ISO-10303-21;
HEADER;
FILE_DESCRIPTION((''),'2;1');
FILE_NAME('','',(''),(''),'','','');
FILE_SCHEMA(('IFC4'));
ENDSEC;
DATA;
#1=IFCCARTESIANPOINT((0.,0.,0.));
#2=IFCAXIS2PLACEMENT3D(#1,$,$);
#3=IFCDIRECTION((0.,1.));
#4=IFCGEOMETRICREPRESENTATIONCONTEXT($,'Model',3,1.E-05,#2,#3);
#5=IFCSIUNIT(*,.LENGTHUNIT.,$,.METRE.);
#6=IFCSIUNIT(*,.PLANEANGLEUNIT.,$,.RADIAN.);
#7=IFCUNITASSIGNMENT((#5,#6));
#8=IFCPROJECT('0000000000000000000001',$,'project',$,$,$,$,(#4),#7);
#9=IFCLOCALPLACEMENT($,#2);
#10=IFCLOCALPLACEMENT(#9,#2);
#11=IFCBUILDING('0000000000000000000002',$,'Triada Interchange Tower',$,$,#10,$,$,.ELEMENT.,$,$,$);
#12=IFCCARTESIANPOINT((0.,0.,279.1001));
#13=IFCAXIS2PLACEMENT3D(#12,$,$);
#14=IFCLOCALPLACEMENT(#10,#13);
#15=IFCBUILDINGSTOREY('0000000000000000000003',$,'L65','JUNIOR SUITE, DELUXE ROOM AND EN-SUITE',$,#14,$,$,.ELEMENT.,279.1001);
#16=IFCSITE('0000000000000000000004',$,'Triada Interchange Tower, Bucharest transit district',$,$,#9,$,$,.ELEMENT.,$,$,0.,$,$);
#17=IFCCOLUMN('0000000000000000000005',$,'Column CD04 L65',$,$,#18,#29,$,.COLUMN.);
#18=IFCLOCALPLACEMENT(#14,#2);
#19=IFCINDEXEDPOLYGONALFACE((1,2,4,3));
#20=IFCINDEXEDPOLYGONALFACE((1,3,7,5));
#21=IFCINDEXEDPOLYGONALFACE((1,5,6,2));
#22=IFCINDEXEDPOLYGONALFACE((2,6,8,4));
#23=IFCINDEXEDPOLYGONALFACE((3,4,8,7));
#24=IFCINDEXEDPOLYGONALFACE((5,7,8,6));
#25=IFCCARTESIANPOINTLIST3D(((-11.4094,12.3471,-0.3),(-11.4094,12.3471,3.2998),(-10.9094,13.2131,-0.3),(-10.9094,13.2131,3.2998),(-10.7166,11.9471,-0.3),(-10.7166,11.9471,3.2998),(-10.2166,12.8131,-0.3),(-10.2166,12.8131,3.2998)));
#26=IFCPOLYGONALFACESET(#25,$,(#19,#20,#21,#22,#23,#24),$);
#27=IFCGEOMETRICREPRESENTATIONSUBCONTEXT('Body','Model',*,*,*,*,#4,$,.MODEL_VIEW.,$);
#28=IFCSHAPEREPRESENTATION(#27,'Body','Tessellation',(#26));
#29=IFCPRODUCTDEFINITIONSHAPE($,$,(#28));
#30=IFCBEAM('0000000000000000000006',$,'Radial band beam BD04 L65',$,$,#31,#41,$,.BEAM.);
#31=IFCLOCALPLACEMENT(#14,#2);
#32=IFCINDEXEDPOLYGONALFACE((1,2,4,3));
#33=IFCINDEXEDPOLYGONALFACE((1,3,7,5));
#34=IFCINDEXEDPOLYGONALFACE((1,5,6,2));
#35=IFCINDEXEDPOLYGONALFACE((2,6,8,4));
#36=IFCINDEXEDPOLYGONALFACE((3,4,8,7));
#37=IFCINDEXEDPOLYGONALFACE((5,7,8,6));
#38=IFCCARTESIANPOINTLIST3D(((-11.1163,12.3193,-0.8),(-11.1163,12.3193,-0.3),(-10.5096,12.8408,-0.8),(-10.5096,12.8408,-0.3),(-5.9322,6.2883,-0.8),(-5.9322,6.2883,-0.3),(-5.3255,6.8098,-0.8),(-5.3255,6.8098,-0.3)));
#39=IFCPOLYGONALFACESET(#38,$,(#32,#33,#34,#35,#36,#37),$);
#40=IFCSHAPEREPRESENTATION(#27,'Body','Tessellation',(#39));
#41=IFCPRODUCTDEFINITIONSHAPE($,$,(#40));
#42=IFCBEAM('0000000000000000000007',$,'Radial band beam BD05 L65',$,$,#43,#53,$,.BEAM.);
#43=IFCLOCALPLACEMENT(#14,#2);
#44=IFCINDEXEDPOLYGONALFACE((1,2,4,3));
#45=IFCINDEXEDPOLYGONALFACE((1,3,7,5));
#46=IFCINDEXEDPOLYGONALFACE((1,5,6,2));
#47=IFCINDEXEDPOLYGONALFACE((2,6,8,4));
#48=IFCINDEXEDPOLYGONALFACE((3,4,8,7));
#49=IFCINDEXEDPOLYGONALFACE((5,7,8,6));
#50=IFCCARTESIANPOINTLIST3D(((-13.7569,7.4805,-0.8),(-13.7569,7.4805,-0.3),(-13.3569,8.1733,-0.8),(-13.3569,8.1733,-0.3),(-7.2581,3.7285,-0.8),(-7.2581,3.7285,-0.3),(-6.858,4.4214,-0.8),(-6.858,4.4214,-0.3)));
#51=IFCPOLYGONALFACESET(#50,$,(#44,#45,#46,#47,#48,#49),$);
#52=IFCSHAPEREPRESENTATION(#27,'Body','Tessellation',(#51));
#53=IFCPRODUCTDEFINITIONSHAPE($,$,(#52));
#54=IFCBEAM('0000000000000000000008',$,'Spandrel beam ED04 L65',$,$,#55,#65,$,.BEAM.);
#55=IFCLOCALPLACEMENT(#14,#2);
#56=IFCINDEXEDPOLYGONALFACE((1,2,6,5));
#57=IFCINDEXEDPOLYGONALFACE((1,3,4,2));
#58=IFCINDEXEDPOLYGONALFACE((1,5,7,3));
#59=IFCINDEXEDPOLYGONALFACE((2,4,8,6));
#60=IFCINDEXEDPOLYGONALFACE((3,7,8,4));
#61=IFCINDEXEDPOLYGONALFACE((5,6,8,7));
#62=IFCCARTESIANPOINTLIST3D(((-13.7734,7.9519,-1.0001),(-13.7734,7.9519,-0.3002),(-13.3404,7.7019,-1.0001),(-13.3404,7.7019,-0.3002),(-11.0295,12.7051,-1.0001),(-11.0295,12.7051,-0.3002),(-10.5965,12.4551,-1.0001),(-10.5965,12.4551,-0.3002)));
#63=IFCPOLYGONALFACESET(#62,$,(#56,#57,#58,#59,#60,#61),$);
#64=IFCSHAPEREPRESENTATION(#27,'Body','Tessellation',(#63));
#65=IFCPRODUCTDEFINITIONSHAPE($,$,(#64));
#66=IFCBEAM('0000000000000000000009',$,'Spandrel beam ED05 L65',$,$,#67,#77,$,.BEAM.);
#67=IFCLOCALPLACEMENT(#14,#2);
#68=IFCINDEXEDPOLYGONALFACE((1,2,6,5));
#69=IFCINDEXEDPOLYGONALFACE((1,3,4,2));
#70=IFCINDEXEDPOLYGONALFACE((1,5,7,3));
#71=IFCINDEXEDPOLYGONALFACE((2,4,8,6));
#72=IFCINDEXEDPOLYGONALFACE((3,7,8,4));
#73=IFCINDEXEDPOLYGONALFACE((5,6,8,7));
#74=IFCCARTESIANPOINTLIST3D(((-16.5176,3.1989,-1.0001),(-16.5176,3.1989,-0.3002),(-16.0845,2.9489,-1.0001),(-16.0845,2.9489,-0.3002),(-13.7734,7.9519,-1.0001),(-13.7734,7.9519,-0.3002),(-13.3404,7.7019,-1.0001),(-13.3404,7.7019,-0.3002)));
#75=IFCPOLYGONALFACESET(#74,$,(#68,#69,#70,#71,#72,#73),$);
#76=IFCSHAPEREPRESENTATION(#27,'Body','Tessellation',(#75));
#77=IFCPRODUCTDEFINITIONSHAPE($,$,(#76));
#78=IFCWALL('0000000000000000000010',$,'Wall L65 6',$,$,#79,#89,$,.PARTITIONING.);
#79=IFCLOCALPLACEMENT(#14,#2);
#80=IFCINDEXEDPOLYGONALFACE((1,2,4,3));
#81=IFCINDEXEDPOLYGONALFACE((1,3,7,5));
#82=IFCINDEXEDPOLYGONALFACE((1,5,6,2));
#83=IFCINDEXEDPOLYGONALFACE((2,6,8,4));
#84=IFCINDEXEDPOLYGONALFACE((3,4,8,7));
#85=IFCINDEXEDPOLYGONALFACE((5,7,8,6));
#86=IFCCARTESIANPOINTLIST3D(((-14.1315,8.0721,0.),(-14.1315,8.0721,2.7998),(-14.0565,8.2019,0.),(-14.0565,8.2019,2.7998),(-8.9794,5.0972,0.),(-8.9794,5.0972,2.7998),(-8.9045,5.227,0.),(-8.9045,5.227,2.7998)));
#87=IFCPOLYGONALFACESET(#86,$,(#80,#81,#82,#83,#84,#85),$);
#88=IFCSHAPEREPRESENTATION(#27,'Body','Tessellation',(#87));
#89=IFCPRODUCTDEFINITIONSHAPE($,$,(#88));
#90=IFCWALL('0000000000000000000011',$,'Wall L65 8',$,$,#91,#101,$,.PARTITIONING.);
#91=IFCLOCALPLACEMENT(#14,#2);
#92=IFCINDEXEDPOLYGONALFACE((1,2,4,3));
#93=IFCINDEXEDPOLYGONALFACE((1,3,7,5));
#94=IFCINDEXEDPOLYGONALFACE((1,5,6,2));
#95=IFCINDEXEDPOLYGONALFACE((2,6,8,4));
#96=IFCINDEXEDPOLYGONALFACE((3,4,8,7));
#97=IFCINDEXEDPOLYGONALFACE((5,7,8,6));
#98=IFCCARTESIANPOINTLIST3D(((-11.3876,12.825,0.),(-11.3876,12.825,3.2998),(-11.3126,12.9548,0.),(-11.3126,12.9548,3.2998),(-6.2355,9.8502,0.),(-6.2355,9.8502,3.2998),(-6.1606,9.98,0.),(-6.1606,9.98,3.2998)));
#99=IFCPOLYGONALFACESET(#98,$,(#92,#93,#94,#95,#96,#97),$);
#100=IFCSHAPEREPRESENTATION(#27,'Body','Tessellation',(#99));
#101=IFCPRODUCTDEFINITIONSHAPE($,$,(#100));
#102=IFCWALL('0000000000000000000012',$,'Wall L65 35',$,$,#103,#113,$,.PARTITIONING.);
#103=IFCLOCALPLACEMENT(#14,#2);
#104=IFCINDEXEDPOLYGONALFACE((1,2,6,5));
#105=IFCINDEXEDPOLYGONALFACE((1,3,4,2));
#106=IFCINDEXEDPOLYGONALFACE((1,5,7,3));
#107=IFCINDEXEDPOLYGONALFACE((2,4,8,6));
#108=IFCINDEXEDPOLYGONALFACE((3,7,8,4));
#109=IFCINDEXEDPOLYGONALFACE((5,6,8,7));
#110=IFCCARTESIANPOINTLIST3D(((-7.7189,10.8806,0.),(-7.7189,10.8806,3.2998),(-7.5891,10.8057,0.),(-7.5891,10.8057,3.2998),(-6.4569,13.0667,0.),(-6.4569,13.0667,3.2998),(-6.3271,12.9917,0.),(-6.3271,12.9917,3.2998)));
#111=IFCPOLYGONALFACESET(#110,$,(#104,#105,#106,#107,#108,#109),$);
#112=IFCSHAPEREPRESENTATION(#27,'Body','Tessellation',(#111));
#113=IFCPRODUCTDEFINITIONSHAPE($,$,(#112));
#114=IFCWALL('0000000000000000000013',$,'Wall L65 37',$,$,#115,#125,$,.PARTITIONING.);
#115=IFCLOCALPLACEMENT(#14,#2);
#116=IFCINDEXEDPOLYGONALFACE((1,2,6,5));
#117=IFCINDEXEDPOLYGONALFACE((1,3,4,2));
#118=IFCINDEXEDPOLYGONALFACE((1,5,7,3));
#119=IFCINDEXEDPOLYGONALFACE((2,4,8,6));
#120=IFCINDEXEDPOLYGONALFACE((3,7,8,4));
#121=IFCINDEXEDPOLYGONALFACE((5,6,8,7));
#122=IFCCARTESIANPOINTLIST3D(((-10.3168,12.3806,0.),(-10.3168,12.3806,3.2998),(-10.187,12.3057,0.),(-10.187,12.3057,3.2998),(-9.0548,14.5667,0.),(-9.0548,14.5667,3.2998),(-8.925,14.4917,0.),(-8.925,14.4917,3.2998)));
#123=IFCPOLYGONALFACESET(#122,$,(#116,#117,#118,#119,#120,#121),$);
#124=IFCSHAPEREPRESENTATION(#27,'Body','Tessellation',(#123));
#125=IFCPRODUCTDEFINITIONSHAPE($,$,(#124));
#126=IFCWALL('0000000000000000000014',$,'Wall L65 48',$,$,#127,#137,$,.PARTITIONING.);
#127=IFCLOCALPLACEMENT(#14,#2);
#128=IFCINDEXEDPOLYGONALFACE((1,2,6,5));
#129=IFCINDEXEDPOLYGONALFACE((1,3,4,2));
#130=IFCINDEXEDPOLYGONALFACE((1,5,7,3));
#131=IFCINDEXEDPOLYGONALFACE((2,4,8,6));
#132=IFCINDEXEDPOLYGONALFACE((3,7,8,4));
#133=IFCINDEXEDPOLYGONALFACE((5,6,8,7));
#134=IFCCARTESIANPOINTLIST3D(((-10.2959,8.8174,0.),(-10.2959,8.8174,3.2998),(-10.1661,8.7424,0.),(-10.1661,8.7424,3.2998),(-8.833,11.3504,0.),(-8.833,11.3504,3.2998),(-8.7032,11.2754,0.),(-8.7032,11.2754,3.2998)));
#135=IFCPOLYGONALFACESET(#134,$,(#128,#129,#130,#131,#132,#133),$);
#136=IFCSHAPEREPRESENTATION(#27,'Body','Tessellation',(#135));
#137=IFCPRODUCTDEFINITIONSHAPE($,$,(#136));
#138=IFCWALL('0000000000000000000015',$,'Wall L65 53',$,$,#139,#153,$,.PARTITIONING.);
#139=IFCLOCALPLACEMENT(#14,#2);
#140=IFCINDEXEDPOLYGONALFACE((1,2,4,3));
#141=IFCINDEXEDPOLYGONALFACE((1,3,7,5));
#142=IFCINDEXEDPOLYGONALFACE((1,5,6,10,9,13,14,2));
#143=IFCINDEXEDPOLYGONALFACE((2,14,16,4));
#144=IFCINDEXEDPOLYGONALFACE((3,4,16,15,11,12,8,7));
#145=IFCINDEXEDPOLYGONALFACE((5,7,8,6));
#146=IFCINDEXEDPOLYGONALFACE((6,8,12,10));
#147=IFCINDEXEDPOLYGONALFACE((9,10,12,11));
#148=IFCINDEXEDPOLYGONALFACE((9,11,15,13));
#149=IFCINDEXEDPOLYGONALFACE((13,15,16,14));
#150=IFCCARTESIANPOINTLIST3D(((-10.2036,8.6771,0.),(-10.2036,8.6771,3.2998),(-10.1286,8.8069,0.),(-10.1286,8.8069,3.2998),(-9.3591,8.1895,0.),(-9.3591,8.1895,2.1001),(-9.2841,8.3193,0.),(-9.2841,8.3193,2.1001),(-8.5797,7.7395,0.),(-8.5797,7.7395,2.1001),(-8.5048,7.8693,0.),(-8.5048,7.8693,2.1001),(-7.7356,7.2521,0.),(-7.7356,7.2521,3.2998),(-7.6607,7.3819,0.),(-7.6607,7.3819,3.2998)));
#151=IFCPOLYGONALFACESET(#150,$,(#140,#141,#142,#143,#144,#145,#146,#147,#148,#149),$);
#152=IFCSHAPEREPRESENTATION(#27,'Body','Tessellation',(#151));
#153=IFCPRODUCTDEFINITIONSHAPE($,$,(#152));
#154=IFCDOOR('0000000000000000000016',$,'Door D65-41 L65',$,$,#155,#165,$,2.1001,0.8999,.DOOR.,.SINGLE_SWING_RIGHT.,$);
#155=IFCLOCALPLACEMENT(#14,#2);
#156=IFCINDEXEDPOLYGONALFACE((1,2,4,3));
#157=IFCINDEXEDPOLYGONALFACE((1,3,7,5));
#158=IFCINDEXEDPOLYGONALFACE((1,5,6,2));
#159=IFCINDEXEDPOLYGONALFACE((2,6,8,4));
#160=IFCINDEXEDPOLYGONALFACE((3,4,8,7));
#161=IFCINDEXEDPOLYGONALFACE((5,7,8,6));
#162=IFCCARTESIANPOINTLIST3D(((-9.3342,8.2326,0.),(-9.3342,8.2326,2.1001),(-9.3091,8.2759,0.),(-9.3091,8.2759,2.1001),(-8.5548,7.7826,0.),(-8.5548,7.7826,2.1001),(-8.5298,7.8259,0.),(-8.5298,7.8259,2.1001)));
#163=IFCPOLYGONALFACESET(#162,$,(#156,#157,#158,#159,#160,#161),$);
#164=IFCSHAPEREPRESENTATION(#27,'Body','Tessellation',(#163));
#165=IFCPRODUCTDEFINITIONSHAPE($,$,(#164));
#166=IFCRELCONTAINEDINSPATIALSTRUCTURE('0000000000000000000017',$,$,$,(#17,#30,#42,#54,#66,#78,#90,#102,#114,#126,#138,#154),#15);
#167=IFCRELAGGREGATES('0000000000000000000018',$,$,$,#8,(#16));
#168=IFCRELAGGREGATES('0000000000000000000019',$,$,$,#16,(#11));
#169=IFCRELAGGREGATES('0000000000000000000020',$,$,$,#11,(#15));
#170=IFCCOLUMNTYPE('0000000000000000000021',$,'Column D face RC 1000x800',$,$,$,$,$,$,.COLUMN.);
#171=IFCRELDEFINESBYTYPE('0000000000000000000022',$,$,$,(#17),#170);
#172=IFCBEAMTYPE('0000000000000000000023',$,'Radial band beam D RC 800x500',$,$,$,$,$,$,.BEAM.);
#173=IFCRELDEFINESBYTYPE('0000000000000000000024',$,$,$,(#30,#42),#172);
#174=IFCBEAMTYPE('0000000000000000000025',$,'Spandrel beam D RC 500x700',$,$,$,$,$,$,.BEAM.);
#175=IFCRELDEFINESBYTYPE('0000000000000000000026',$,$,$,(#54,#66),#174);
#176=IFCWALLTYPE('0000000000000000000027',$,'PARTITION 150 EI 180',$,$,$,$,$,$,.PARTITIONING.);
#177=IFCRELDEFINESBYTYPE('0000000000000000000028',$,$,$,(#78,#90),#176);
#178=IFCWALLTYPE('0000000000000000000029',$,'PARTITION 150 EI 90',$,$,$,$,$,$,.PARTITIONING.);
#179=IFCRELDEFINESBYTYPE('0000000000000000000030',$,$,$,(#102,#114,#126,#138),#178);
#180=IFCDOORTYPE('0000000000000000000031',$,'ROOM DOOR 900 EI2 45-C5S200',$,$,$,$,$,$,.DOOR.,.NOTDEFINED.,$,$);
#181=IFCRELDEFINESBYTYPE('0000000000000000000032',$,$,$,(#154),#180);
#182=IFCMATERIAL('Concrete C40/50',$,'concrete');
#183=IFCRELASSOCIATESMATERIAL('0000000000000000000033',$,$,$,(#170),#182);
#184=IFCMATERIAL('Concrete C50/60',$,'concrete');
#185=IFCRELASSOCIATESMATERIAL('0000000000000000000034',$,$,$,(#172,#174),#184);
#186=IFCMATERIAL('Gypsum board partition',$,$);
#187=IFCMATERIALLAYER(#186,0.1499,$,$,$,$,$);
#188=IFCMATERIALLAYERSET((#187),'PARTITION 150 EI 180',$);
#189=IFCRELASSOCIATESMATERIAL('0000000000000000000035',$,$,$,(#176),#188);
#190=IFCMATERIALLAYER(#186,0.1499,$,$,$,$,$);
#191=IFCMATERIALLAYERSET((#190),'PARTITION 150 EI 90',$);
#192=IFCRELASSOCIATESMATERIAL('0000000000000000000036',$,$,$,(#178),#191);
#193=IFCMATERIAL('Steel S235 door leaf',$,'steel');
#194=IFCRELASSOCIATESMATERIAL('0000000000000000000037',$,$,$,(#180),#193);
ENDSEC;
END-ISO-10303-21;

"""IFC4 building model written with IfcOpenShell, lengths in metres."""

from ifc_helpers import new_model, si_unit, direction, frame, frame_2d, origin, origin_2d, place, context, subcontext, project, spatial, rectangle, extrude, material, layer, layer_set, material_profile, profile_set, type_object, element, fill, save


model = new_model("IFC4")

# Units and contexts
model_context = context("Model", 3, precision=1e-05, world=origin(), true_north=direction((0.0, 1.0)))
body_context = subcontext(model_context, "Body", "Model", "MODEL_VIEW")
ifc_project = project(units=[si_unit("LENGTHUNIT", "METRE"), si_unit("PLANEANGLEUNIT", "RADIAN")], contexts=[model_context])

# Site, building, storey
site_placement = place(None, origin())
site = spatial("IfcSite", under=ifc_project, at=site_placement, Name="Triada Interchange Tower, Bucharest transit district", CompositionType="ELEMENT", RefElevation=0.0)
building_placement = place(site_placement, origin())
building = spatial("IfcBuilding", under=site, at=building_placement, Name="Triada Interchange Tower", CompositionType="ELEMENT")
storey_placement = place(building_placement, frame((0.0, 0.0, 279.1001)))
storey = spatial("IfcBuildingStorey", under=building, at=storey_placement, Name="L65", Description="JUNIOR SUITE, DELUXE ROOM AND EN-SUITE", CompositionType="ELEMENT", Elevation=279.1001)

# Column
ifc_material_1 = material(Name="Concrete C40/50", Category="concrete")
ifc_material_profile_1 = material_profile(ifc_material_1, rectangle(XDim=1.0, YDim=0.8, at=origin_2d()), Name="RC 1000x800")
ifc_profile_set_1 = profile_set([ifc_material_profile_1], Name="Concrete C40/50")
column_type = type_object("IfcColumnType", Name="Column D face RC 1000x800", PredefinedType="COLUMN", material=ifc_profile_set_1)
column_placement = place(storey_placement, frame((-10.813, 12.5801, -0.3), z_axis=(0.0, 0.0, 1.0), x_axis=(0.5, 0.866025, 0.0)))
element("IfcColumn", 1, at=column_placement, inside=storey, type_object=column_type, Name="Column CD04 L65", PredefinedType="COLUMN", context=body_context, shape_type="SweptSolid", body=[
    extrude(rectangle(XDim=1.0, YDim=0.8, at=origin_2d()), origin(), (0.0, 0.0, 1.0), 3.5999),
])

# Beams
ifc_material_2 = material(Name="Concrete C50/60", Category="concrete")
ifc_material_profile_2 = material_profile(ifc_material_2, rectangle(XDim=0.8, YDim=0.5, at=origin_2d()), Name="RC 800x500")
ifc_profile_set_2 = profile_set([ifc_material_profile_2], Name="Concrete C50/60")
beam_type_1 = type_object("IfcBeamType", Name="Radial band beam D RC 800x500", PredefinedType="BEAM", material=ifc_profile_set_2)
beam_1_placement = place(storey_placement, frame((-10.813, 12.5801, -0.55), z_axis=(0.651853, -0.758346, 0.0), x_axis=(0.758346, 0.651853, 0.0)))
element("IfcBeam", 2, at=beam_1_placement, inside=storey, type_object=beam_type_1, Name="Radial band beam BD04 L65", PredefinedType="BEAM", context=body_context, shape_type="SweptSolid", body=[
    extrude(rectangle(XDim=0.8, YDim=0.5, at=origin_2d()), origin(), (0.0, 0.0, 1.0), 7.9529),
])
beam_2_placement = place(storey_placement, frame((-13.5569, 7.8269, -0.55), z_axis=(0.866032, -0.499988, 0.0), x_axis=(0.499988, 0.866032, 0.0)))
element("IfcBeam", 3, at=beam_2_placement, inside=storey, type_object=beam_type_1, Name="Radial band beam BD05 L65", PredefinedType="BEAM", context=body_context, shape_type="SweptSolid", body=[
    extrude(rectangle(XDim=0.8, YDim=0.5, at=origin_2d()), origin(), (0.0, 0.0, 1.0), 7.5042),
])
ifc_material_profile_3 = material_profile(ifc_material_2, rectangle(XDim=0.5, YDim=0.7, at=origin_2d()), Name="RC 500x700")
ifc_profile_set_3 = profile_set([ifc_material_profile_3], Name="Concrete C50/60")
beam_type_2 = type_object("IfcBeamType", Name="Spandrel beam D RC 500x700", PredefinedType="BEAM", material=ifc_profile_set_3)
for number, where, z_axis, x_axis, name in (
    (4, (-10.813, 12.5801, -0.6501), (-0.499952, -0.866053, 0.0), (0.866053, -0.499952, 0.0), "Spandrel beam ED04 L65"),
    (5, (-13.5569, 7.8269, -0.6501), (-0.500005, -0.866023, 0.0), (0.866023, -0.500005, 0.0), "Spandrel beam ED05 L65"),
):
    element("IfcBeam", number, at=place(storey_placement, frame(where, z_axis=z_axis, x_axis=x_axis)), inside=storey, type_object=beam_type_2, Name=name, PredefinedType="BEAM", context=body_context, shape_type="SweptSolid", body=[
        extrude(rectangle(XDim=0.5, YDim=0.7, at=origin_2d()), origin(), (0.0, 0.0, 1.0), 5.4883),
    ])

# Shared definitions
ifc_material_3 = material(Name="Steel S235 door leaf", Category="steel")

# Walls
ifc_material_4 = material(Name="Gypsum board partition")
ifc_layer_1 = layer(ifc_material_4, 0.1499)
ifc_layer_set_1 = layer_set([ifc_layer_1], Name="PARTITION 150 EI 180")
wall_type_1 = type_object("IfcWallType", Name="PARTITION 150 EI 180", PredefinedType="PARTITIONING", material=ifc_layer_set_1)
wall_1_placement = place(storey_placement, frame((-14.094, 8.137, 0.0), z_axis=(0.0, 0.0, 1.0), x_axis=(0.866004, -0.500036, 0.0)))
element("IfcWall", 6, at=wall_1_placement, inside=storey, type_object=wall_type_1, Name="Wall L65 6", PredefinedType="PARTITIONING", context=body_context, shape_type="SweptSolid", body=[
    extrude(rectangle(XDim=5.9492, YDim=0.1499, at=frame_2d((2.9746, 0.0))), origin(), (0.0, 0.0, 1.0), 2.7998),
])
wall_2_placement = place(storey_placement, frame((-11.3501, 12.8899, 0.0), z_axis=(0.0, 0.0, 1.0), x_axis=(0.866004, -0.500036, 0.0)))
element("IfcWall", 7, at=wall_2_placement, inside=storey, type_object=wall_type_1, Name="Wall L65 8", PredefinedType="PARTITIONING", context=body_context, shape_type="SweptSolid", body=[
    extrude(rectangle(XDim=5.9492, YDim=0.1499, at=frame_2d((2.9746, 0.0))), origin(), (0.0, 0.0, 1.0), 3.2998),
])
ifc_layer_2 = layer(ifc_material_4, 0.1499)
ifc_layer_set_2 = layer_set([ifc_layer_2], Name="PARTITION 150 EI 90")
wall_type_2 = type_object("IfcWallType", Name="PARTITION 150 EI 90", PredefinedType="PARTITIONING", material=ifc_layer_set_2)
for number, where, z_axis, x_axis, name in (
    (8, (-7.6541, 10.843, 0.0), (0.0, 0.0, 1.0), (0.499957, 0.86605, 0.0), "Wall L65 35"),
    (9, (-10.252, 12.343, 0.0), (0.0, 0.0, 1.0), (0.499957, 0.86605, 0.0), "Wall L65 37"),
):
    element("IfcWall", number, at=place(storey_placement, frame(where, z_axis=z_axis, x_axis=x_axis)), inside=storey, type_object=wall_type_2, Name=name, PredefinedType="PARTITIONING", context=body_context, shape_type="SweptSolid", body=[
        extrude(rectangle(XDim=2.5242, YDim=0.1499, at=frame_2d((1.2622, 0.0))), origin(), (0.0, 0.0, 1.0), 3.2998),
    ])
wall_3_placement = place(storey_placement, frame((-10.231, 8.78, 0.0), z_axis=(0.0, 0.0, 1.0), x_axis=(0.500125, 0.865953, 0.0)))
element("IfcWall", 10, at=wall_3_placement, inside=storey, type_object=wall_type_2, Name="Wall L65 48", PredefinedType="PARTITIONING", context=body_context, shape_type="SweptSolid", body=[
    extrude(rectangle(XDim=2.925, YDim=0.1499, at=frame_2d((1.4624, 0.0))), origin(), (0.0, 0.0, 1.0), 3.2998),
])

# Wall, opening, door
wall_4_placement = place(storey_placement, frame((-10.166, 8.7419, 0.0), z_axis=(0.0, 0.0, 1.0), x_axis=(0.866004, -0.500036, 0.0)))
wall_4 = element("IfcWall", 11, at=wall_4_placement, inside=storey, type_object=wall_type_2, Name="Wall L65 53", PredefinedType="PARTITIONING", context=body_context, shape_type="SweptSolid", body=[
    extrude(rectangle(XDim=2.8499, YDim=0.1499, at=frame_2d((1.4248, 0.0))), origin(), (0.0, 0.0, 1.0), 3.2998),
])
opening_1_placement = place(wall_4_placement, frame((0.9751, 0.0, 0.0)))
opening_1 = element("IfcOpeningElement", 12, at=opening_1_placement, cuts=wall_4, PredefinedType="OPENING", context=body_context, shape_type="SweptSolid", body=[
    extrude(rectangle(XDim=0.8999, YDim=2.1001, at=frame_2d((0.45, 1.05))), frame((0.0, 0.085, 0.0), z_axis=(0.0, -1.0, 0.0), x_axis=(1.0, 0.0, 0.0)), (0.0, 0.0, 1.0), 0.1699),
])
door_type_1 = type_object("IfcDoorType", Name="ROOM DOOR 900 EI2 45-C5S200", OperationType="NOTDEFINED", PredefinedType="DOOR", material=ifc_material_3)
door_1_placement = place(opening_1_placement, origin())
door_1 = element("IfcDoor", 13, at=door_1_placement, inside=storey, type_object=door_type_1, Name="Door D65-41 L65", OperationType="SINGLE_SWING_RIGHT", OverallHeight=2.1001, OverallWidth=0.8999, PredefinedType="DOOR", context=body_context, shape_type="SweptSolid", body=[
    extrude(rectangle(XDim=0.8999, YDim=2.1001, at=frame_2d((0.45, 1.05))), frame((0.0, 0.0249, 0.0), z_axis=(0.0, -1.0, 0.0), x_axis=(1.0, 0.0, 0.0)), (0.0, 0.0, 1.0), 0.05),
])
fill(opening_1, door_1)

save(model, "model.ifc")
